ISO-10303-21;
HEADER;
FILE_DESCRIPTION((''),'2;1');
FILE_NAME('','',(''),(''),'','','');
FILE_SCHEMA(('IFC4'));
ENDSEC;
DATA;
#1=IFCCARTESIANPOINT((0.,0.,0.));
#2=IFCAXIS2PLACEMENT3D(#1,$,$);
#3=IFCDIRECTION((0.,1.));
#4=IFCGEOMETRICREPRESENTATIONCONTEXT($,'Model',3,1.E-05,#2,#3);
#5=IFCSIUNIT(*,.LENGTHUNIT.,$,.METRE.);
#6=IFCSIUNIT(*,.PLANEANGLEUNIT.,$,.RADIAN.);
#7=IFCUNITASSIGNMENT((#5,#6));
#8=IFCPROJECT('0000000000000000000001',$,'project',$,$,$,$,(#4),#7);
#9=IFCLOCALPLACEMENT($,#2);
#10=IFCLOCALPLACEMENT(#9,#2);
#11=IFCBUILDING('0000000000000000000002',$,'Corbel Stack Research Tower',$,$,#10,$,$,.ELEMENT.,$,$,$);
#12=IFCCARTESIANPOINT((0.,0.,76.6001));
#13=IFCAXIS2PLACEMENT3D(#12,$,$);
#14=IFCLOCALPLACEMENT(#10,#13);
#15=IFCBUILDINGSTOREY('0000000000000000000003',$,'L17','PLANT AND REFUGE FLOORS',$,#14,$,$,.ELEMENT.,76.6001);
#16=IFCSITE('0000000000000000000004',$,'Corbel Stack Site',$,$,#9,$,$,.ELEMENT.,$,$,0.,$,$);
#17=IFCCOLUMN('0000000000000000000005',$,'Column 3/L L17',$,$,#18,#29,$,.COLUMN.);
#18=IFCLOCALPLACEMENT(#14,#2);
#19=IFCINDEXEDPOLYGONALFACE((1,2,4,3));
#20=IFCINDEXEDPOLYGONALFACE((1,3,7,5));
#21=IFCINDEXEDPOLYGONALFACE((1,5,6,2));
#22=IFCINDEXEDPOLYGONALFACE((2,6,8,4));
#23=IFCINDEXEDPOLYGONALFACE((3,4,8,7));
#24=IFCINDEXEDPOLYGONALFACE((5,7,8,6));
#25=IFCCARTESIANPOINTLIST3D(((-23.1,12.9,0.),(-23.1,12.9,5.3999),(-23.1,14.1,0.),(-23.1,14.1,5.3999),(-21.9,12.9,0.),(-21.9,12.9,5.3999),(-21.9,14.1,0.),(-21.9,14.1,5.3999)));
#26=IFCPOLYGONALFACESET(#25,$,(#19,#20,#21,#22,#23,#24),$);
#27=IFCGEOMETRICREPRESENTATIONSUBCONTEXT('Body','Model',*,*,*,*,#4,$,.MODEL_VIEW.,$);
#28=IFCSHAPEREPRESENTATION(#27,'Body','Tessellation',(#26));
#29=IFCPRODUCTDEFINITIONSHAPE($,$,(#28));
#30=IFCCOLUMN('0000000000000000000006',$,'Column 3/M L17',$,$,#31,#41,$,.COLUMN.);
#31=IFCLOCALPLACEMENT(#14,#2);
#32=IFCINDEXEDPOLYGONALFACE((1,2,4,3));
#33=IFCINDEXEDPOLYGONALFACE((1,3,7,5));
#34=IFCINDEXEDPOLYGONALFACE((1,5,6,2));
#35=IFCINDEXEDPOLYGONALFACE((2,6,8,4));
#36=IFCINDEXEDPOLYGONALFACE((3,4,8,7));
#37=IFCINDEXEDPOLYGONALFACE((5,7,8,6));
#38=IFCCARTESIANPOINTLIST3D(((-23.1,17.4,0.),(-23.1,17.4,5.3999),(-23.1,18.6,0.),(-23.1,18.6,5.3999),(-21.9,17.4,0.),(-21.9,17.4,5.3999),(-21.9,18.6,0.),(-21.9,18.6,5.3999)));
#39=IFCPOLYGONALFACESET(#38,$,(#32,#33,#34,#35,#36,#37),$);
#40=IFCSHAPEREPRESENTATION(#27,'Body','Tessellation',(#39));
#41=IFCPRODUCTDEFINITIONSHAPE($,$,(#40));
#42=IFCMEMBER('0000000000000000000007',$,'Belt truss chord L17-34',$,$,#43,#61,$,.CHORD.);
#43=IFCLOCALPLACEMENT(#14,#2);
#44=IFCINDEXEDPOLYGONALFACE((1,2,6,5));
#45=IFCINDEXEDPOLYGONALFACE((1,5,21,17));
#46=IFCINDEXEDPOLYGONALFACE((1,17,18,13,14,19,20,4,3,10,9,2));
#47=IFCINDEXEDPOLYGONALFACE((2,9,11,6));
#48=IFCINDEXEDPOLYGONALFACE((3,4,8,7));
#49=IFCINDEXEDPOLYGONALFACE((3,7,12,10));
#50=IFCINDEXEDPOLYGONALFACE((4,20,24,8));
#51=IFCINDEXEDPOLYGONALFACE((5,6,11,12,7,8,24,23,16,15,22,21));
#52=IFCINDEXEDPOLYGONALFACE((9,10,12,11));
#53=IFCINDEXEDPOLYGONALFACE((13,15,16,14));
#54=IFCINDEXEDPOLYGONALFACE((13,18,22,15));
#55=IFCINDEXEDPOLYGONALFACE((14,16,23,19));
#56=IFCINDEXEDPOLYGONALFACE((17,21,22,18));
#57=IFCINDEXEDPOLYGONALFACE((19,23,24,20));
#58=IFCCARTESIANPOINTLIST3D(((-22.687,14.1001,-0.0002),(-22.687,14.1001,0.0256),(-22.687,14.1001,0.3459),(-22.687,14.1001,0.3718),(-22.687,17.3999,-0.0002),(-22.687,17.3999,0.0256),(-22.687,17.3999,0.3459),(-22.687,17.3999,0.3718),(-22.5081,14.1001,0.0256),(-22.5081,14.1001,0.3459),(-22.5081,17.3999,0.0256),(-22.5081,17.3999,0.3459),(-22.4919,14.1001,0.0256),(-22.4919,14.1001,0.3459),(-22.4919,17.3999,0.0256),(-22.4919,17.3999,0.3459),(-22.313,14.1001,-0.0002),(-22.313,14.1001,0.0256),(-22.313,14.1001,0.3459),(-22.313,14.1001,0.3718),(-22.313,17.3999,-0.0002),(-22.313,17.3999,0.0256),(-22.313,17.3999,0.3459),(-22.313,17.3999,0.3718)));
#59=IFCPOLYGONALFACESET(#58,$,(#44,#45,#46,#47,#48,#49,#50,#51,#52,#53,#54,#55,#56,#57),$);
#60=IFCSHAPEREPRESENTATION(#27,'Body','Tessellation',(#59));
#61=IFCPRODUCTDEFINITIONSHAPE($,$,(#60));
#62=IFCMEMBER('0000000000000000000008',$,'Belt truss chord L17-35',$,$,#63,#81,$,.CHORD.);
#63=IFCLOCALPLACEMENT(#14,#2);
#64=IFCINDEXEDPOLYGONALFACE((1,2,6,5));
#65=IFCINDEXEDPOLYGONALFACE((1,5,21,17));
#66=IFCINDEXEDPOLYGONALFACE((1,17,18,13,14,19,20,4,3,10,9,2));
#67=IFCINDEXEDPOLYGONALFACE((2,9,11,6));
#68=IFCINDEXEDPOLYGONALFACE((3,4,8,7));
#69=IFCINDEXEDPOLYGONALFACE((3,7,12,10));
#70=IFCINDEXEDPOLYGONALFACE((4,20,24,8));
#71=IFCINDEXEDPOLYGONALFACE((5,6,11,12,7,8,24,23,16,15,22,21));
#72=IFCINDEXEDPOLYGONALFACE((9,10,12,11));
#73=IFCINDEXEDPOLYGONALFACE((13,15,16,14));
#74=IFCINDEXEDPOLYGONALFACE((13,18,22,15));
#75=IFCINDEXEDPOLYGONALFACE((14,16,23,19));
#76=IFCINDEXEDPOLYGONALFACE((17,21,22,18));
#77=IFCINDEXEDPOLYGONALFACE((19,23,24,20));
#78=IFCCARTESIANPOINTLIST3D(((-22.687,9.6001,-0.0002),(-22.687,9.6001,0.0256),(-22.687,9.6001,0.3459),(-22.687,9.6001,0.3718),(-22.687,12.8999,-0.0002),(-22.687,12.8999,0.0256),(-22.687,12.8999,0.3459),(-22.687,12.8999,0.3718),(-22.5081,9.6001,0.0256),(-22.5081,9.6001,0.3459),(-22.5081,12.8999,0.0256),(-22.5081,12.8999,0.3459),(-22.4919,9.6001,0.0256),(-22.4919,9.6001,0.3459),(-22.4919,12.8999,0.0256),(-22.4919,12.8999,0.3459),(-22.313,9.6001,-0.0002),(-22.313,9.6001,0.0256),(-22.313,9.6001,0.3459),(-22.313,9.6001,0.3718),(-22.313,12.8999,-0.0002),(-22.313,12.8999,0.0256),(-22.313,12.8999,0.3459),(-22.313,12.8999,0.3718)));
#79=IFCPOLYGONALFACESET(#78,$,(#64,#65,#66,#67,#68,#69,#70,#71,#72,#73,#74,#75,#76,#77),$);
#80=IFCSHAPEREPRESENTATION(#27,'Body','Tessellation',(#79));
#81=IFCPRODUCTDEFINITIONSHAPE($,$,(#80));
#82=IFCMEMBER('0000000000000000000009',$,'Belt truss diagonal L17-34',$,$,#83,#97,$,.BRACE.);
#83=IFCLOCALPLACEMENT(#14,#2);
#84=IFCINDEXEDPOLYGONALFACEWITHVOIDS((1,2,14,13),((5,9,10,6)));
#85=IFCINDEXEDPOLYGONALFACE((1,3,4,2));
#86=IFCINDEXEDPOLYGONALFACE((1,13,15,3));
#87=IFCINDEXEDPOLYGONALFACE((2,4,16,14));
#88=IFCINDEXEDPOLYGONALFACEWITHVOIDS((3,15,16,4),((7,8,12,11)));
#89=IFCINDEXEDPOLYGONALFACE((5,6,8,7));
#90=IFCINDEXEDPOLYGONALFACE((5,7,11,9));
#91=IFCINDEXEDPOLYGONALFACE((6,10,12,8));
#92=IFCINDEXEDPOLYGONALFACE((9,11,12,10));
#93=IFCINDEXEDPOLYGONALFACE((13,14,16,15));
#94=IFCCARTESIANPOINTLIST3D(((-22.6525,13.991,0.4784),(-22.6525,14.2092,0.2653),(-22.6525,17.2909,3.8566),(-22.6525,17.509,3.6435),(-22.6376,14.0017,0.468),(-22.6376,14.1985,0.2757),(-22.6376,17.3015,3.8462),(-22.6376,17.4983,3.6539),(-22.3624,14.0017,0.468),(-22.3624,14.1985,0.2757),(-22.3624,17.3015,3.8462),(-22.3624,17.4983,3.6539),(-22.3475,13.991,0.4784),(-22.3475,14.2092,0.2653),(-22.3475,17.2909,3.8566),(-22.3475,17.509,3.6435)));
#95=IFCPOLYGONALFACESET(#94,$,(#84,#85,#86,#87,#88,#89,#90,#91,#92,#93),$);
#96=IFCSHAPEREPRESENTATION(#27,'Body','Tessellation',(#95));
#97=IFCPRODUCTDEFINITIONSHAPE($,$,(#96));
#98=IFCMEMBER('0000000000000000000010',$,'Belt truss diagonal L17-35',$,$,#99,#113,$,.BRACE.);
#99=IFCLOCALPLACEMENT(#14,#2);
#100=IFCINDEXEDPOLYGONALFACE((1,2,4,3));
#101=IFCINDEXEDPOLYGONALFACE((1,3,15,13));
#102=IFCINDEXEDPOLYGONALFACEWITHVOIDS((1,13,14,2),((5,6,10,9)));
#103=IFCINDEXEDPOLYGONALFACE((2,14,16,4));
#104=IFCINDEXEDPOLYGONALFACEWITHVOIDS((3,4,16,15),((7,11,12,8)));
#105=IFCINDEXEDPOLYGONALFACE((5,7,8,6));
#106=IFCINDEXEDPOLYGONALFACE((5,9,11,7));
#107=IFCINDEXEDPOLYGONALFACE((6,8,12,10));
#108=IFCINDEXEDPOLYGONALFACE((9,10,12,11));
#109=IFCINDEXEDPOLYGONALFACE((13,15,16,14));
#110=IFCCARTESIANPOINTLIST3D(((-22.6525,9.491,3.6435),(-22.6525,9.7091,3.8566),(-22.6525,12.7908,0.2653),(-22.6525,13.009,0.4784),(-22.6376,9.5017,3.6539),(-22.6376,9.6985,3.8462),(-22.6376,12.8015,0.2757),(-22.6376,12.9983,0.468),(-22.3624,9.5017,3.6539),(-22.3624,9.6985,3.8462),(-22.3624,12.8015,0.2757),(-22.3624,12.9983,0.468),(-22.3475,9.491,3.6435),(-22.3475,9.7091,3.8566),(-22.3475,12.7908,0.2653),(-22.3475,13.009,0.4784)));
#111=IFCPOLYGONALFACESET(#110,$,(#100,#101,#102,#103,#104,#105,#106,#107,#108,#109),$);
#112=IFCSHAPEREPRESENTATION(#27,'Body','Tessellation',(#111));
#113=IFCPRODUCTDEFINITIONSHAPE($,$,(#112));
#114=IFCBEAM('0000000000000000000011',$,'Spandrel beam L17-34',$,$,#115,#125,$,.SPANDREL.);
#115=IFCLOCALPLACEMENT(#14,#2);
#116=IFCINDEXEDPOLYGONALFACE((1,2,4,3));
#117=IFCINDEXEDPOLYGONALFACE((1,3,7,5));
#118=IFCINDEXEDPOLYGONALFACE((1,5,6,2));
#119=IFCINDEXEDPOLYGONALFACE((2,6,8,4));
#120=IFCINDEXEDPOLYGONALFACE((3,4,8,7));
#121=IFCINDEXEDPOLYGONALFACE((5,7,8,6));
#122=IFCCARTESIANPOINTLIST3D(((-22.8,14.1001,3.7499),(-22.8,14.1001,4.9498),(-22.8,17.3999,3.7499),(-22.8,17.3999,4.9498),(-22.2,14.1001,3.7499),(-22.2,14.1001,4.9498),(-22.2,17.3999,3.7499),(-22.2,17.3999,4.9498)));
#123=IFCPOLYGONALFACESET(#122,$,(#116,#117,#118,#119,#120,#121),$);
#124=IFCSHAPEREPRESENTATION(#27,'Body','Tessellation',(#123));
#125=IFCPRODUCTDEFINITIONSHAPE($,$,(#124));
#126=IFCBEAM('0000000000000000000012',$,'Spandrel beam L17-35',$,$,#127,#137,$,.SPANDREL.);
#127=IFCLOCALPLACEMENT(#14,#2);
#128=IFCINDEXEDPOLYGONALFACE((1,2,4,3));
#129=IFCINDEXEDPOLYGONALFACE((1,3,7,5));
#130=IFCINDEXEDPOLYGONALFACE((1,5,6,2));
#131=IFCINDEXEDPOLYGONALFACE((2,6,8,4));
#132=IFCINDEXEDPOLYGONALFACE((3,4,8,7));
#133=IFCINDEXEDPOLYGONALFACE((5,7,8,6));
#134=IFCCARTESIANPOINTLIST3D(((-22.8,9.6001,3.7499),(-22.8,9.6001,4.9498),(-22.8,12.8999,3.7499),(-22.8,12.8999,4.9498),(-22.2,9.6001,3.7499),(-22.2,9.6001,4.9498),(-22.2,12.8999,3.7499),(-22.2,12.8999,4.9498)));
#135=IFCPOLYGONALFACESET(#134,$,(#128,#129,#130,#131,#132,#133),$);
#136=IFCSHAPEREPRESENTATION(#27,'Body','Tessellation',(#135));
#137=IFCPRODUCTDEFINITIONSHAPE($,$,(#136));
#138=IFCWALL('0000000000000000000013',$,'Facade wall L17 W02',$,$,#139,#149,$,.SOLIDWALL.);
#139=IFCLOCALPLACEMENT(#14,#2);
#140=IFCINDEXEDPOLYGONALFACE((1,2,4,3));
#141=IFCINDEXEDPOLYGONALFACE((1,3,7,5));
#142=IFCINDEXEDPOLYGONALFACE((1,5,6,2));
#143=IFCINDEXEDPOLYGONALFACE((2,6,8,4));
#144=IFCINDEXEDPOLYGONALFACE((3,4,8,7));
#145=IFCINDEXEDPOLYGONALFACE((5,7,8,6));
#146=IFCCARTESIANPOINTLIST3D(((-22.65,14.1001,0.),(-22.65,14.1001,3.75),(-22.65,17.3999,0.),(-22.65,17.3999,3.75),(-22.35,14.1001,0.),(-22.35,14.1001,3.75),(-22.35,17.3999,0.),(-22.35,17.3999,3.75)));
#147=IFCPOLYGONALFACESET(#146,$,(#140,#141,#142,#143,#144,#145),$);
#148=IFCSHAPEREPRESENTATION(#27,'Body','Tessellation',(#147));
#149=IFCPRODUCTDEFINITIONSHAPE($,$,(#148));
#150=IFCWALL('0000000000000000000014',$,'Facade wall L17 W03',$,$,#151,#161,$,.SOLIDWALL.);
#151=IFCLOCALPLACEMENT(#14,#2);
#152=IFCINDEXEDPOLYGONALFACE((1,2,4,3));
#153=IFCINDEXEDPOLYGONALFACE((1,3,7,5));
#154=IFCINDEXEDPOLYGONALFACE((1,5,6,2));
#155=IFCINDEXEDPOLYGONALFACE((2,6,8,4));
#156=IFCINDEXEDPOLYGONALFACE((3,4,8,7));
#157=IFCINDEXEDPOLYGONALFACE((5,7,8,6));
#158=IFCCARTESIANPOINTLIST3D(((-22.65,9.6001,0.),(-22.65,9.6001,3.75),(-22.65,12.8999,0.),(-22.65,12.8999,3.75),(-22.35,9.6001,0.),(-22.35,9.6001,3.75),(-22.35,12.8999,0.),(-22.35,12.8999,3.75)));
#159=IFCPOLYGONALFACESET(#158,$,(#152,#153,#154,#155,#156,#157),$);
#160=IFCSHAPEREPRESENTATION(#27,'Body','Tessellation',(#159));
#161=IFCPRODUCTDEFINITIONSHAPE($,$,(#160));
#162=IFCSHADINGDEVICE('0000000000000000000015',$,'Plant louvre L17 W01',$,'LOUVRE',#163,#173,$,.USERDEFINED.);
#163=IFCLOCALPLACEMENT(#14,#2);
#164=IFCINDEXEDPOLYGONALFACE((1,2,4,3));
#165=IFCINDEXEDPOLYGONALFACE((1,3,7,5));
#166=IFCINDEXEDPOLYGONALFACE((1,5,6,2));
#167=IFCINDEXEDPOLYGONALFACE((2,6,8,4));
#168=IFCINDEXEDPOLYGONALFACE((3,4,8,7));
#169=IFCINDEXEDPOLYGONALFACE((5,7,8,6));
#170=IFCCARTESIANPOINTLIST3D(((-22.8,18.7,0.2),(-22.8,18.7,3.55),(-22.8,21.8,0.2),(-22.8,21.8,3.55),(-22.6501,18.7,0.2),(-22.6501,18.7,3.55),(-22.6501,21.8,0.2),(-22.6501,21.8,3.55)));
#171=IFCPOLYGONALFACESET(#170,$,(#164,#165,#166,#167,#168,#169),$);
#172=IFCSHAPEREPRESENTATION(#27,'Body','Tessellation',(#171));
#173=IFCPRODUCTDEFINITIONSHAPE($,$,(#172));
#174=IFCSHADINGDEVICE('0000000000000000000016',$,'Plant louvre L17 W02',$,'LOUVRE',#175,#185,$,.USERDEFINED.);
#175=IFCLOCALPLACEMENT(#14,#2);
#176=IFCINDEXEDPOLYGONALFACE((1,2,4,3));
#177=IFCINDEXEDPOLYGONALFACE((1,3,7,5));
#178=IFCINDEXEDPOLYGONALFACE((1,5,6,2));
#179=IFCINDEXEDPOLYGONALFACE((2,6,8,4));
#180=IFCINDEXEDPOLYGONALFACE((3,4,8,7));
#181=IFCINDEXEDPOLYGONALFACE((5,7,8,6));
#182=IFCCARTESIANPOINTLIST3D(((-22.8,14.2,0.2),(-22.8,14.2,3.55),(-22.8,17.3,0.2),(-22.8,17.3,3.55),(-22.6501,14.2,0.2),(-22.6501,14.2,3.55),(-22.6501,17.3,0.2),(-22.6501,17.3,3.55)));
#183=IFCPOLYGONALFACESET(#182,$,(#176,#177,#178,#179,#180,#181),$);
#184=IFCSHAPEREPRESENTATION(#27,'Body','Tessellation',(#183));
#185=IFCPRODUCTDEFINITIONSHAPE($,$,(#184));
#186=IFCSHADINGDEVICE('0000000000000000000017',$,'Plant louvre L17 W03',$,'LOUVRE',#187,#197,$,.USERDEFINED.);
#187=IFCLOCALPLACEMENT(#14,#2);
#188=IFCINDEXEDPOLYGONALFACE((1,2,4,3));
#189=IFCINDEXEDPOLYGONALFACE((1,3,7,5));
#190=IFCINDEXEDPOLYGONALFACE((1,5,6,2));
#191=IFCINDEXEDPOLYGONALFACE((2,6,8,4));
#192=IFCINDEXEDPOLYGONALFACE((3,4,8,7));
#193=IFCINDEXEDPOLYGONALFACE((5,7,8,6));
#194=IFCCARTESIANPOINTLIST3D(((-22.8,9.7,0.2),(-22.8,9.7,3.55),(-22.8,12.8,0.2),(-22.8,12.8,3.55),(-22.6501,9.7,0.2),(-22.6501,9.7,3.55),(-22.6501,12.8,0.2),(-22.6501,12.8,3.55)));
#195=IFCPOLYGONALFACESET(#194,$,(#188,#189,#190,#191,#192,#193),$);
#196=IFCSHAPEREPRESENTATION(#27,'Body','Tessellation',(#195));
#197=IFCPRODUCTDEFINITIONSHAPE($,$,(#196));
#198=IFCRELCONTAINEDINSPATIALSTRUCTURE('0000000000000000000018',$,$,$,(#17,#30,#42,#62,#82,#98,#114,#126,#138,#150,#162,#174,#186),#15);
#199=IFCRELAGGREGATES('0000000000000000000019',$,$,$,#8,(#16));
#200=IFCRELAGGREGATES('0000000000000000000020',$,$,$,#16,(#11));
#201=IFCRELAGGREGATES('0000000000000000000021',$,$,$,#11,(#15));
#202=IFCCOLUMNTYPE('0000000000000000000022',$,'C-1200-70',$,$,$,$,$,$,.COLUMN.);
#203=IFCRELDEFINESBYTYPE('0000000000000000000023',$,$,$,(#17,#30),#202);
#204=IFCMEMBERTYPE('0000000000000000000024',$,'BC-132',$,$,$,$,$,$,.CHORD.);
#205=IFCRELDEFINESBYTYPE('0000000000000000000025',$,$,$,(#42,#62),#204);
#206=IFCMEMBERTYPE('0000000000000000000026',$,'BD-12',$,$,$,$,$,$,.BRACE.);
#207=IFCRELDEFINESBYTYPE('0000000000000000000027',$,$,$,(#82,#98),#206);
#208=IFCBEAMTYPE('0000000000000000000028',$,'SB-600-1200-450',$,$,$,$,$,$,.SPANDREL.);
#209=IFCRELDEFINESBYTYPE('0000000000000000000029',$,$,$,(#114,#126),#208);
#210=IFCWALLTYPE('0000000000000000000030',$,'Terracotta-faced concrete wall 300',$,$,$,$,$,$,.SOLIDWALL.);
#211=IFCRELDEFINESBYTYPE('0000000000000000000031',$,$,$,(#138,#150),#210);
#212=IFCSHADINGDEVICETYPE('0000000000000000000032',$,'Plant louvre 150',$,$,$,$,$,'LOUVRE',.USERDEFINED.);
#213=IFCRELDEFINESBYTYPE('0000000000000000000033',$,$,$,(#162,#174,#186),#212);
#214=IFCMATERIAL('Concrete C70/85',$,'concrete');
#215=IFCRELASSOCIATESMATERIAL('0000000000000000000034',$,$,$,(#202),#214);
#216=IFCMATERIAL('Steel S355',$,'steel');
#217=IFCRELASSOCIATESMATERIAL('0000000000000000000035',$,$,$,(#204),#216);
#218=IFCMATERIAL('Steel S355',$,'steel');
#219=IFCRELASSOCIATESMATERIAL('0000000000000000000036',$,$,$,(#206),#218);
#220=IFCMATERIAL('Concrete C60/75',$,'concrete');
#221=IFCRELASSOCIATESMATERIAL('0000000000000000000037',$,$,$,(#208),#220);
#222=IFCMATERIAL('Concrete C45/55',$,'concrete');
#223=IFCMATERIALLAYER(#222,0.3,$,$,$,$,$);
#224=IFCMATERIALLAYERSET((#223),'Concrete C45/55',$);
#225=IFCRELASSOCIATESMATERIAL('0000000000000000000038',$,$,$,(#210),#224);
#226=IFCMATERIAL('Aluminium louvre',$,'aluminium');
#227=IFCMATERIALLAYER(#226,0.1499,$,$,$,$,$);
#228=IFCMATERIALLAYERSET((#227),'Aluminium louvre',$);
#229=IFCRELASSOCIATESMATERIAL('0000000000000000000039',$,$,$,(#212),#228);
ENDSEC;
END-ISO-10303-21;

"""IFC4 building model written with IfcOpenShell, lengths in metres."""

from ifc_helpers import new_model, si_unit, direction, frame, frame_2d, origin, origin_2d, place, context, subcontext, project, spatial, rectangle, hollow_rectangle, i_section, extrude, material, layer, layer_set, material_profile, profile_set, type_object, element, save


model = new_model("IFC4")

# Units and contexts
model_context = context("Model", 3, precision=1e-05, world=origin(), true_north=direction((0.0, 1.0)))
body_context = subcontext(model_context, "Body", "Model", "MODEL_VIEW")
ifc_project = project(units=[si_unit("LENGTHUNIT", "METRE"), si_unit("PLANEANGLEUNIT", "RADIAN")], contexts=[model_context])

# Site, building, storey
site_placement = place(None, origin())
site = spatial("IfcSite", under=ifc_project, at=site_placement, Name="Corbel Stack Site", CompositionType="ELEMENT", RefElevation=0.0)
building_placement = place(site_placement, origin())
building = spatial("IfcBuilding", under=site, at=building_placement, Name="Corbel Stack Research Tower", CompositionType="ELEMENT")
storey_placement = place(building_placement, frame((0.0, 0.0, 76.6001)))
storey = spatial("IfcBuildingStorey", under=building, at=storey_placement, Name="L17", Description="PLANT AND REFUGE FLOORS", CompositionType="ELEMENT", Elevation=76.6001)

# Columns
ifc_material_1 = material(Name="Concrete C70/85", Category="concrete")
ifc_material_profile_1 = material_profile(ifc_material_1, rectangle(XDim=1.2, YDim=1.2, at=origin_2d()), Name="RC 1200 x 1200")
ifc_profile_set_1 = profile_set([ifc_material_profile_1], Name="Concrete C70/85")
column_type = type_object("IfcColumnType", Name="C-1200-70", PredefinedType="COLUMN", material=ifc_profile_set_1)
for number, where, z_axis, x_axis, name in (
    (1, (-22.5, 13.5, 0.0), (0.0, 0.0, 1.0), (1.0, 0.0, 0.0), "Column 3/L L17"),
    (2, (-22.5, 18.0, 0.0), (0.0, 0.0, 1.0), (1.0, 0.0, 0.0), "Column 3/M L17"),
):
    element("IfcColumn", number, at=place(storey_placement, frame(where, z_axis=z_axis, x_axis=x_axis)), inside=storey, type_object=column_type, Name=name, PredefinedType="COLUMN", context=body_context, shape_type="SweptSolid", body=[
        extrude(rectangle(XDim=1.2, YDim=1.2, at=origin_2d()), origin(), (0.0, 0.0, 1.0), 5.3999),
    ])

# Members
ifc_material_2 = material(Name="Steel S355", Category="steel")
ifc_material_profile_2 = material_profile(ifc_material_2, i_section(OverallWidth=0.374, OverallDepth=0.3721, WebThickness=0.0161, FlangeThickness=0.0259, at=origin_2d()), Name="W14x132")
ifc_profile_set_2 = profile_set([ifc_material_profile_2], Name="Steel S355")
member_type_1 = type_object("IfcMemberType", Name="BC-132", PredefinedType="CHORD", material=ifc_profile_set_2)
for number, where, z_axis, x_axis, name in (
    (3, (-22.5, 17.3999, 0.1858), (0.0, -1.0, 0.0), (1.0, 0.0, 0.0), "Belt truss chord L17-34"),
    (4, (-22.5, 12.8999, 0.1858), (0.0, -1.0, 0.0), (1.0, 0.0, 0.0), "Belt truss chord L17-35"),
):
    element("IfcMember", number, at=place(storey_placement, frame(where, z_axis=z_axis, x_axis=x_axis)), inside=storey, type_object=member_type_1, Name=name, PredefinedType="CHORD", context=body_context, shape_type="SweptSolid", body=[
        extrude(i_section(OverallWidth=0.374, OverallDepth=0.3721, WebThickness=0.0161, FlangeThickness=0.0259, at=origin_2d()), origin(), (0.0, 0.0, 1.0), 3.2998),
    ])
ifc_material_3 = material(Name="Steel S355", Category="steel")
ifc_material_profile_3 = material_profile(ifc_material_3, hollow_rectangle(XDim=0.3049, YDim=0.3049, WallThickness=0.0149, at=origin_2d()), Name="HSS12x12x5/8")
ifc_profile_set_3 = profile_set([ifc_material_profile_3], Name="Steel S355")
member_type_2 = type_object("IfcMemberType", Name="BD-12", PredefinedType="BRACE", material=ifc_profile_set_3)
for number, where, z_axis, x_axis, name in (
    (5, (-22.5, 14.1001, 0.3718), (0.0, 0.69876, 0.715356), (-1.0, 0.0, 0.0), "Belt truss diagonal L17-34"),
    (6, (-22.5, 12.8999, 0.3718), (0.0, -0.69876, 0.715356), (1.0, 0.0, 0.0), "Belt truss diagonal L17-35"),
):
    element("IfcMember", number, at=place(storey_placement, frame(where, z_axis=z_axis, x_axis=x_axis)), inside=storey, type_object=member_type_2, Name=name, PredefinedType="BRACE", context=body_context, shape_type="SweptSolid", body=[
        extrude(hollow_rectangle(XDim=0.3049, YDim=0.3049, WallThickness=0.0149, at=origin_2d()), origin(), (0.0, 0.0, 1.0), 4.7224),
    ])

# Beams
ifc_material_4 = material(Name="Concrete C60/75", Category="concrete")
ifc_material_profile_4 = material_profile(ifc_material_4, rectangle(XDim=0.6001, YDim=1.2, at=origin_2d()), Name="RC 600 x 1200")
ifc_profile_set_4 = profile_set([ifc_material_profile_4], Name="Concrete C60/75")
beam_type = type_object("IfcBeamType", Name="SB-600-1200-450", PredefinedType="SPANDREL", material=ifc_profile_set_4)
for number, where, z_axis, x_axis, name in (
    (7, (-22.5, 17.3999, 4.3499), (0.0, -1.0, 0.0), (1.0, 0.0, 0.0), "Spandrel beam L17-34"),
    (8, (-22.5, 12.8999, 4.3499), (0.0, -1.0, 0.0), (1.0, 0.0, 0.0), "Spandrel beam L17-35"),
):
    element("IfcBeam", number, at=place(storey_placement, frame(where, z_axis=z_axis, x_axis=x_axis)), inside=storey, type_object=beam_type, Name=name, PredefinedType="SPANDREL", context=body_context, shape_type="SweptSolid", body=[
        extrude(rectangle(XDim=0.6001, YDim=1.2, at=origin_2d()), origin(), (0.0, 0.0, 1.0), 3.2998),
    ])

# Walls
ifc_material_5 = material(Name="Concrete C45/55", Category="concrete")
ifc_layer_1 = layer(ifc_material_5, 0.3)
ifc_layer_set_1 = layer_set([ifc_layer_1], Name="Concrete C45/55")
wall_type = type_object("IfcWallType", Name="Terracotta-faced concrete wall 300", PredefinedType="SOLIDWALL", material=ifc_layer_set_1)
for number, where, z_axis, x_axis, name in (
    (9, (-22.5, 14.1001, 0.0), (0.0, 0.0, 1.0), (0.0, 1.0, 0.0), "Facade wall L17 W02"),
    (10, (-22.5, 9.6001, 0.0), (0.0, 0.0, 1.0), (0.0, 1.0, 0.0), "Facade wall L17 W03"),
):
    element("IfcWall", number, at=place(storey_placement, frame(where, z_axis=z_axis, x_axis=x_axis)), inside=storey, type_object=wall_type, Name=name, PredefinedType="SOLIDWALL", context=body_context, shape_type="SweptSolid", body=[
        extrude(rectangle(XDim=3.2998, YDim=0.3, at=frame_2d((1.6499, 0.0))), origin(), (0.0, 0.0, 1.0), 3.75),
    ])

# Shading devices
ifc_material_6 = material(Name="Aluminium louvre", Category="aluminium")
ifc_layer_2 = layer(ifc_material_6, 0.1499)
ifc_layer_set_2 = layer_set([ifc_layer_2], Name="Aluminium louvre")
shading_device_type = type_object("IfcShadingDeviceType", Name="Plant louvre 150", ElementType="LOUVRE", PredefinedType="USERDEFINED", material=ifc_layer_set_2)
for number, where, z_axis, x_axis, name in (
    (11, (-22.7251, 20.25, 0.2), (0.0, 0.0, 1.0), (0.0, -1.0, 0.0), "Plant louvre L17 W01"),
    (12, (-22.7251, 15.75, 0.2), (0.0, 0.0, 1.0), (0.0, -1.0, 0.0), "Plant louvre L17 W02"),
    (13, (-22.7251, 11.25, 0.2), (0.0, 0.0, 1.0), (0.0, -1.0, 0.0), "Plant louvre L17 W03"),
):
    element("IfcShadingDevice", number, at=place(storey_placement, frame(where, z_axis=z_axis, x_axis=x_axis)), inside=storey, type_object=shading_device_type, Name=name, ObjectType="LOUVRE", PredefinedType="USERDEFINED", context=body_context, shape_type="SweptSolid", body=[
        extrude(rectangle(XDim=3.1001, YDim=0.1499, at=origin_2d()), origin(), (0.0, 0.0, 1.0), 3.3501),
    ])

save(model, "model.ifc")
